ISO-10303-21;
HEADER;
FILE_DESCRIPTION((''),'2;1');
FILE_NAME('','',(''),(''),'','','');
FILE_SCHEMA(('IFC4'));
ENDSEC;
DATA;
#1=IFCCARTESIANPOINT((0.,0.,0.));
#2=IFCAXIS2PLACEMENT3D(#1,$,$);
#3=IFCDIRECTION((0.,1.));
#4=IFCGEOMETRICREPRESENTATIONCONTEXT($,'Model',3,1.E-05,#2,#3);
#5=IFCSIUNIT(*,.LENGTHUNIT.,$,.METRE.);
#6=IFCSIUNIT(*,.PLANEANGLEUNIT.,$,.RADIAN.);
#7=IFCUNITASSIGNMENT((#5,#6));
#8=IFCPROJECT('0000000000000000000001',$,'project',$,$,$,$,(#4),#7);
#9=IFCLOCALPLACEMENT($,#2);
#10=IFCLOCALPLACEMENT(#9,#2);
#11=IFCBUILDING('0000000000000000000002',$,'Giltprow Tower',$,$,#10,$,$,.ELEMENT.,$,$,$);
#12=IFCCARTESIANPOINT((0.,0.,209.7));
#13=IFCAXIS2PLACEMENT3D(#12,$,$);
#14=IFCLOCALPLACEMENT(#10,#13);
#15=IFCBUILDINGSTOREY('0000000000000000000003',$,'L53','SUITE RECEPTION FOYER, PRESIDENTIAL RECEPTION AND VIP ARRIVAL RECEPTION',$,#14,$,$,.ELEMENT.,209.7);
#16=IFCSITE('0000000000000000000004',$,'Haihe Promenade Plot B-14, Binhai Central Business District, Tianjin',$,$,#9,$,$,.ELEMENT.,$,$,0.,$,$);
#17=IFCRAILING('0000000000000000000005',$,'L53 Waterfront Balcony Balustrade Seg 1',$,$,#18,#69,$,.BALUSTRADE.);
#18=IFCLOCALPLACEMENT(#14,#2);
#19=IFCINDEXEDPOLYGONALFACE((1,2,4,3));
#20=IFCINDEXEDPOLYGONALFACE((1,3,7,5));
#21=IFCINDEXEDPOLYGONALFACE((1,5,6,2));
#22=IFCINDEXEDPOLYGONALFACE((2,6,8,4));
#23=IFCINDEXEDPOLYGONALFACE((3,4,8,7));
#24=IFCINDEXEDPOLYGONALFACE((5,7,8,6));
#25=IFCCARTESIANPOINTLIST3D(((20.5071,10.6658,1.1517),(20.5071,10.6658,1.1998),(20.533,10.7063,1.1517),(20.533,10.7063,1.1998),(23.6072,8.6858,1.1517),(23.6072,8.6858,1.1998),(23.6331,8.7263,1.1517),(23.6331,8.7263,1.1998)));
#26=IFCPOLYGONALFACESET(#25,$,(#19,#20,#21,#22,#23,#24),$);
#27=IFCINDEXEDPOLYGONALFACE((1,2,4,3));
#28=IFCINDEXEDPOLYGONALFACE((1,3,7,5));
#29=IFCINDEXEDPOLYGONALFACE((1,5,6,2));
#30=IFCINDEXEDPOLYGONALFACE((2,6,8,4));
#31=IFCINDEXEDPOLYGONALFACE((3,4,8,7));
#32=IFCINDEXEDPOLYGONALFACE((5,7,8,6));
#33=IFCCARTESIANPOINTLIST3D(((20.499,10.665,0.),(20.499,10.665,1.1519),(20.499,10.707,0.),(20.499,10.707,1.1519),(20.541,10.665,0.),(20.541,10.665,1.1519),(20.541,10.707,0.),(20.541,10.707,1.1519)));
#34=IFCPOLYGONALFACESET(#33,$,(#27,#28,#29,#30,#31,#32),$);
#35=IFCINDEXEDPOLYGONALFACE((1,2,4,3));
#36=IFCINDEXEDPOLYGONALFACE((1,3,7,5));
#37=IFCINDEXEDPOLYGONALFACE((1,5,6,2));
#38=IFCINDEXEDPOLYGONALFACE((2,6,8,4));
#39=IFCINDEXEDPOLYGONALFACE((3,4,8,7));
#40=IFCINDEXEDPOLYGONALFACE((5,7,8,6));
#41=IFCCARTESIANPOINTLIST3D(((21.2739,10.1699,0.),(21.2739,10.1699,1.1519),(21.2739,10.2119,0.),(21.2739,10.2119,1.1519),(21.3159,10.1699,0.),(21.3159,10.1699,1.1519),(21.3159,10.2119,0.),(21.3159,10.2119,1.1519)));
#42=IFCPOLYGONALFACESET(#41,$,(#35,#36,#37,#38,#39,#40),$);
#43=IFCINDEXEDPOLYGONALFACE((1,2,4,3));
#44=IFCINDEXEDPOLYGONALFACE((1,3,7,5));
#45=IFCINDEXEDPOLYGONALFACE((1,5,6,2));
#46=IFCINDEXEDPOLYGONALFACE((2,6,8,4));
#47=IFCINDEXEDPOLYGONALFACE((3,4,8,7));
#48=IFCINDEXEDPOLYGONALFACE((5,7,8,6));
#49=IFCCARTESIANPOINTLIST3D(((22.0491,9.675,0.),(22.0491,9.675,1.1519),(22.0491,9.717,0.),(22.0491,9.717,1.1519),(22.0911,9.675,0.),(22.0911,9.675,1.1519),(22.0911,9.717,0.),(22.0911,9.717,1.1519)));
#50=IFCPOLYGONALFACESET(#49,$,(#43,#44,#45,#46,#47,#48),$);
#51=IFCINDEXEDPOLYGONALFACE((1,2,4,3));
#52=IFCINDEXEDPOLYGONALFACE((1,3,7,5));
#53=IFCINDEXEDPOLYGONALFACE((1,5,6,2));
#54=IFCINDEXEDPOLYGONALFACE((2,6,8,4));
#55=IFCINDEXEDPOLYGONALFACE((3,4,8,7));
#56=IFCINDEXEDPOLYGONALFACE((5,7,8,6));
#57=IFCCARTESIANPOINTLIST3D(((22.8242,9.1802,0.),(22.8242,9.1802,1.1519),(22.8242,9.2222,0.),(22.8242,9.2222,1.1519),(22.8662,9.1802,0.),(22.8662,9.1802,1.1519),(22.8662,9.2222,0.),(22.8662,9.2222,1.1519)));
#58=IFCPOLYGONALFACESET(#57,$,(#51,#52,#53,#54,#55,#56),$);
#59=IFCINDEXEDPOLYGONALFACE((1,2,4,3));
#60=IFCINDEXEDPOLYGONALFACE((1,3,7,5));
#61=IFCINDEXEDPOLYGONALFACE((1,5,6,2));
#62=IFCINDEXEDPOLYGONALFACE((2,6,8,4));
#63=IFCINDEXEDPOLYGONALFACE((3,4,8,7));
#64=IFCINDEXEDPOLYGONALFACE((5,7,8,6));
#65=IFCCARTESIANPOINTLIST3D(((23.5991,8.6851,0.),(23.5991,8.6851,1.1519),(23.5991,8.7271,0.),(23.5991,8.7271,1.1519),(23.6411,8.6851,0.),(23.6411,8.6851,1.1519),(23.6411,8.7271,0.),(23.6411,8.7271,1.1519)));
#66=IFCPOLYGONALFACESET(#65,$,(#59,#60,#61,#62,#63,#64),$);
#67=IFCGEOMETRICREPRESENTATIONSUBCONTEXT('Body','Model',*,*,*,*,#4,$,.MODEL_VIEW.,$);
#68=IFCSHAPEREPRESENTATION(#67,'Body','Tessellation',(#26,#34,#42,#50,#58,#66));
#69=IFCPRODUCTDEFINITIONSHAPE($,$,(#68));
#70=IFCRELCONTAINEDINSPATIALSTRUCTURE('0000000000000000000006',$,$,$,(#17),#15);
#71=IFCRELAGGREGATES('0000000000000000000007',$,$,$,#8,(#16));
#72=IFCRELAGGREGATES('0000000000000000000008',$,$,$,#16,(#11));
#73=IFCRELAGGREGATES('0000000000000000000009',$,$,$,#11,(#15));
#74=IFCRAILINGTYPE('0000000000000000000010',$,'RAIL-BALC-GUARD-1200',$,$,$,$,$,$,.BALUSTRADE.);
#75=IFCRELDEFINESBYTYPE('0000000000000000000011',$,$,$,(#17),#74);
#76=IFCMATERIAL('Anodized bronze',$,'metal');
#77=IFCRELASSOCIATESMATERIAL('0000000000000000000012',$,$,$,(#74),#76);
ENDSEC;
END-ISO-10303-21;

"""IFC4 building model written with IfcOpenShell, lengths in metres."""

from ifc_helpers import new_model, si_unit, direction, frame, origin, origin_2d, place, context, subcontext, project, spatial, rectangle, extrude, material, type_object, element, save


model = new_model("IFC4")

# Units and contexts
model_context = context("Model", 3, precision=1e-05, world=origin(), true_north=direction((0.0, 1.0)))
body_context = subcontext(model_context, "Body", "Model", "MODEL_VIEW")
ifc_project = project(units=[si_unit("LENGTHUNIT", "METRE"), si_unit("PLANEANGLEUNIT", "RADIAN")], contexts=[model_context])

# Site, building, storey
site_placement = place(None, origin())
site = spatial("IfcSite", under=ifc_project, at=site_placement, Name="Haihe Promenade Plot B-14, Binhai Central Business District, Tianjin", CompositionType="ELEMENT", RefElevation=0.0)
building_placement = place(site_placement, origin())
building = spatial("IfcBuilding", under=site, at=building_placement, Name="Giltprow Tower", CompositionType="ELEMENT")
storey_placement = place(building_placement, frame((0.0, 0.0, 209.7)))
storey = spatial("IfcBuildingStorey", under=building, at=storey_placement, Name="L53", Description="SUITE RECEPTION FOYER, PRESIDENTIAL RECEPTION AND VIP ARRIVAL RECEPTION", CompositionType="ELEMENT", Elevation=209.7)

# Railing
ifc_material_1 = material(Name="Anodized bronze", Category="metal")
railing_type = type_object("IfcRailingType", Name="RAIL-BALC-GUARD-1200", PredefinedType="BALUSTRADE", material=ifc_material_1)
railing_1_placement = place(storey_placement, frame((20.52, 10.686, 0.0)))
element("IfcRailing", 1, at=railing_1_placement, inside=storey, type_object=railing_type, Name="L53 Waterfront Balcony Balustrade Seg 1", PredefinedType="BALUSTRADE", context=body_context, shape_type="SweptSolid", body=[
    extrude(rectangle(XDim=0.0481, YDim=0.0481, at=origin_2d()), frame((0.0, 0.0, 1.1758), z_axis=(0.842775, -0.538266, 0.0), x_axis=(0.538266, 0.842775, 0.0)), (0.0, 0.0, 1.0), 3.6785),
    extrude(rectangle(XDim=0.042, YDim=0.042, at=origin_2d()), origin(), (0.0, 0.0, 1.0), 1.1519),
    extrude(rectangle(XDim=0.042, YDim=0.042, at=origin_2d()), frame((0.7749, -0.4951, 0.0)), (0.0, 0.0, 1.0), 1.1519),
    extrude(rectangle(XDim=0.042, YDim=0.042, at=origin_2d()), frame((1.55, -0.99, 0.0)), (0.0, 0.0, 1.0), 1.1519),
    extrude(rectangle(XDim=0.042, YDim=0.042, at=origin_2d()), frame((2.3252, -1.4849, 0.0)), (0.0, 0.0, 1.0), 1.1519),
    extrude(rectangle(XDim=0.042, YDim=0.042, at=origin_2d()), frame((3.1001, -1.98, 0.0)), (0.0, 0.0, 1.0), 1.1519),
])

save(model, "model.ifc")
